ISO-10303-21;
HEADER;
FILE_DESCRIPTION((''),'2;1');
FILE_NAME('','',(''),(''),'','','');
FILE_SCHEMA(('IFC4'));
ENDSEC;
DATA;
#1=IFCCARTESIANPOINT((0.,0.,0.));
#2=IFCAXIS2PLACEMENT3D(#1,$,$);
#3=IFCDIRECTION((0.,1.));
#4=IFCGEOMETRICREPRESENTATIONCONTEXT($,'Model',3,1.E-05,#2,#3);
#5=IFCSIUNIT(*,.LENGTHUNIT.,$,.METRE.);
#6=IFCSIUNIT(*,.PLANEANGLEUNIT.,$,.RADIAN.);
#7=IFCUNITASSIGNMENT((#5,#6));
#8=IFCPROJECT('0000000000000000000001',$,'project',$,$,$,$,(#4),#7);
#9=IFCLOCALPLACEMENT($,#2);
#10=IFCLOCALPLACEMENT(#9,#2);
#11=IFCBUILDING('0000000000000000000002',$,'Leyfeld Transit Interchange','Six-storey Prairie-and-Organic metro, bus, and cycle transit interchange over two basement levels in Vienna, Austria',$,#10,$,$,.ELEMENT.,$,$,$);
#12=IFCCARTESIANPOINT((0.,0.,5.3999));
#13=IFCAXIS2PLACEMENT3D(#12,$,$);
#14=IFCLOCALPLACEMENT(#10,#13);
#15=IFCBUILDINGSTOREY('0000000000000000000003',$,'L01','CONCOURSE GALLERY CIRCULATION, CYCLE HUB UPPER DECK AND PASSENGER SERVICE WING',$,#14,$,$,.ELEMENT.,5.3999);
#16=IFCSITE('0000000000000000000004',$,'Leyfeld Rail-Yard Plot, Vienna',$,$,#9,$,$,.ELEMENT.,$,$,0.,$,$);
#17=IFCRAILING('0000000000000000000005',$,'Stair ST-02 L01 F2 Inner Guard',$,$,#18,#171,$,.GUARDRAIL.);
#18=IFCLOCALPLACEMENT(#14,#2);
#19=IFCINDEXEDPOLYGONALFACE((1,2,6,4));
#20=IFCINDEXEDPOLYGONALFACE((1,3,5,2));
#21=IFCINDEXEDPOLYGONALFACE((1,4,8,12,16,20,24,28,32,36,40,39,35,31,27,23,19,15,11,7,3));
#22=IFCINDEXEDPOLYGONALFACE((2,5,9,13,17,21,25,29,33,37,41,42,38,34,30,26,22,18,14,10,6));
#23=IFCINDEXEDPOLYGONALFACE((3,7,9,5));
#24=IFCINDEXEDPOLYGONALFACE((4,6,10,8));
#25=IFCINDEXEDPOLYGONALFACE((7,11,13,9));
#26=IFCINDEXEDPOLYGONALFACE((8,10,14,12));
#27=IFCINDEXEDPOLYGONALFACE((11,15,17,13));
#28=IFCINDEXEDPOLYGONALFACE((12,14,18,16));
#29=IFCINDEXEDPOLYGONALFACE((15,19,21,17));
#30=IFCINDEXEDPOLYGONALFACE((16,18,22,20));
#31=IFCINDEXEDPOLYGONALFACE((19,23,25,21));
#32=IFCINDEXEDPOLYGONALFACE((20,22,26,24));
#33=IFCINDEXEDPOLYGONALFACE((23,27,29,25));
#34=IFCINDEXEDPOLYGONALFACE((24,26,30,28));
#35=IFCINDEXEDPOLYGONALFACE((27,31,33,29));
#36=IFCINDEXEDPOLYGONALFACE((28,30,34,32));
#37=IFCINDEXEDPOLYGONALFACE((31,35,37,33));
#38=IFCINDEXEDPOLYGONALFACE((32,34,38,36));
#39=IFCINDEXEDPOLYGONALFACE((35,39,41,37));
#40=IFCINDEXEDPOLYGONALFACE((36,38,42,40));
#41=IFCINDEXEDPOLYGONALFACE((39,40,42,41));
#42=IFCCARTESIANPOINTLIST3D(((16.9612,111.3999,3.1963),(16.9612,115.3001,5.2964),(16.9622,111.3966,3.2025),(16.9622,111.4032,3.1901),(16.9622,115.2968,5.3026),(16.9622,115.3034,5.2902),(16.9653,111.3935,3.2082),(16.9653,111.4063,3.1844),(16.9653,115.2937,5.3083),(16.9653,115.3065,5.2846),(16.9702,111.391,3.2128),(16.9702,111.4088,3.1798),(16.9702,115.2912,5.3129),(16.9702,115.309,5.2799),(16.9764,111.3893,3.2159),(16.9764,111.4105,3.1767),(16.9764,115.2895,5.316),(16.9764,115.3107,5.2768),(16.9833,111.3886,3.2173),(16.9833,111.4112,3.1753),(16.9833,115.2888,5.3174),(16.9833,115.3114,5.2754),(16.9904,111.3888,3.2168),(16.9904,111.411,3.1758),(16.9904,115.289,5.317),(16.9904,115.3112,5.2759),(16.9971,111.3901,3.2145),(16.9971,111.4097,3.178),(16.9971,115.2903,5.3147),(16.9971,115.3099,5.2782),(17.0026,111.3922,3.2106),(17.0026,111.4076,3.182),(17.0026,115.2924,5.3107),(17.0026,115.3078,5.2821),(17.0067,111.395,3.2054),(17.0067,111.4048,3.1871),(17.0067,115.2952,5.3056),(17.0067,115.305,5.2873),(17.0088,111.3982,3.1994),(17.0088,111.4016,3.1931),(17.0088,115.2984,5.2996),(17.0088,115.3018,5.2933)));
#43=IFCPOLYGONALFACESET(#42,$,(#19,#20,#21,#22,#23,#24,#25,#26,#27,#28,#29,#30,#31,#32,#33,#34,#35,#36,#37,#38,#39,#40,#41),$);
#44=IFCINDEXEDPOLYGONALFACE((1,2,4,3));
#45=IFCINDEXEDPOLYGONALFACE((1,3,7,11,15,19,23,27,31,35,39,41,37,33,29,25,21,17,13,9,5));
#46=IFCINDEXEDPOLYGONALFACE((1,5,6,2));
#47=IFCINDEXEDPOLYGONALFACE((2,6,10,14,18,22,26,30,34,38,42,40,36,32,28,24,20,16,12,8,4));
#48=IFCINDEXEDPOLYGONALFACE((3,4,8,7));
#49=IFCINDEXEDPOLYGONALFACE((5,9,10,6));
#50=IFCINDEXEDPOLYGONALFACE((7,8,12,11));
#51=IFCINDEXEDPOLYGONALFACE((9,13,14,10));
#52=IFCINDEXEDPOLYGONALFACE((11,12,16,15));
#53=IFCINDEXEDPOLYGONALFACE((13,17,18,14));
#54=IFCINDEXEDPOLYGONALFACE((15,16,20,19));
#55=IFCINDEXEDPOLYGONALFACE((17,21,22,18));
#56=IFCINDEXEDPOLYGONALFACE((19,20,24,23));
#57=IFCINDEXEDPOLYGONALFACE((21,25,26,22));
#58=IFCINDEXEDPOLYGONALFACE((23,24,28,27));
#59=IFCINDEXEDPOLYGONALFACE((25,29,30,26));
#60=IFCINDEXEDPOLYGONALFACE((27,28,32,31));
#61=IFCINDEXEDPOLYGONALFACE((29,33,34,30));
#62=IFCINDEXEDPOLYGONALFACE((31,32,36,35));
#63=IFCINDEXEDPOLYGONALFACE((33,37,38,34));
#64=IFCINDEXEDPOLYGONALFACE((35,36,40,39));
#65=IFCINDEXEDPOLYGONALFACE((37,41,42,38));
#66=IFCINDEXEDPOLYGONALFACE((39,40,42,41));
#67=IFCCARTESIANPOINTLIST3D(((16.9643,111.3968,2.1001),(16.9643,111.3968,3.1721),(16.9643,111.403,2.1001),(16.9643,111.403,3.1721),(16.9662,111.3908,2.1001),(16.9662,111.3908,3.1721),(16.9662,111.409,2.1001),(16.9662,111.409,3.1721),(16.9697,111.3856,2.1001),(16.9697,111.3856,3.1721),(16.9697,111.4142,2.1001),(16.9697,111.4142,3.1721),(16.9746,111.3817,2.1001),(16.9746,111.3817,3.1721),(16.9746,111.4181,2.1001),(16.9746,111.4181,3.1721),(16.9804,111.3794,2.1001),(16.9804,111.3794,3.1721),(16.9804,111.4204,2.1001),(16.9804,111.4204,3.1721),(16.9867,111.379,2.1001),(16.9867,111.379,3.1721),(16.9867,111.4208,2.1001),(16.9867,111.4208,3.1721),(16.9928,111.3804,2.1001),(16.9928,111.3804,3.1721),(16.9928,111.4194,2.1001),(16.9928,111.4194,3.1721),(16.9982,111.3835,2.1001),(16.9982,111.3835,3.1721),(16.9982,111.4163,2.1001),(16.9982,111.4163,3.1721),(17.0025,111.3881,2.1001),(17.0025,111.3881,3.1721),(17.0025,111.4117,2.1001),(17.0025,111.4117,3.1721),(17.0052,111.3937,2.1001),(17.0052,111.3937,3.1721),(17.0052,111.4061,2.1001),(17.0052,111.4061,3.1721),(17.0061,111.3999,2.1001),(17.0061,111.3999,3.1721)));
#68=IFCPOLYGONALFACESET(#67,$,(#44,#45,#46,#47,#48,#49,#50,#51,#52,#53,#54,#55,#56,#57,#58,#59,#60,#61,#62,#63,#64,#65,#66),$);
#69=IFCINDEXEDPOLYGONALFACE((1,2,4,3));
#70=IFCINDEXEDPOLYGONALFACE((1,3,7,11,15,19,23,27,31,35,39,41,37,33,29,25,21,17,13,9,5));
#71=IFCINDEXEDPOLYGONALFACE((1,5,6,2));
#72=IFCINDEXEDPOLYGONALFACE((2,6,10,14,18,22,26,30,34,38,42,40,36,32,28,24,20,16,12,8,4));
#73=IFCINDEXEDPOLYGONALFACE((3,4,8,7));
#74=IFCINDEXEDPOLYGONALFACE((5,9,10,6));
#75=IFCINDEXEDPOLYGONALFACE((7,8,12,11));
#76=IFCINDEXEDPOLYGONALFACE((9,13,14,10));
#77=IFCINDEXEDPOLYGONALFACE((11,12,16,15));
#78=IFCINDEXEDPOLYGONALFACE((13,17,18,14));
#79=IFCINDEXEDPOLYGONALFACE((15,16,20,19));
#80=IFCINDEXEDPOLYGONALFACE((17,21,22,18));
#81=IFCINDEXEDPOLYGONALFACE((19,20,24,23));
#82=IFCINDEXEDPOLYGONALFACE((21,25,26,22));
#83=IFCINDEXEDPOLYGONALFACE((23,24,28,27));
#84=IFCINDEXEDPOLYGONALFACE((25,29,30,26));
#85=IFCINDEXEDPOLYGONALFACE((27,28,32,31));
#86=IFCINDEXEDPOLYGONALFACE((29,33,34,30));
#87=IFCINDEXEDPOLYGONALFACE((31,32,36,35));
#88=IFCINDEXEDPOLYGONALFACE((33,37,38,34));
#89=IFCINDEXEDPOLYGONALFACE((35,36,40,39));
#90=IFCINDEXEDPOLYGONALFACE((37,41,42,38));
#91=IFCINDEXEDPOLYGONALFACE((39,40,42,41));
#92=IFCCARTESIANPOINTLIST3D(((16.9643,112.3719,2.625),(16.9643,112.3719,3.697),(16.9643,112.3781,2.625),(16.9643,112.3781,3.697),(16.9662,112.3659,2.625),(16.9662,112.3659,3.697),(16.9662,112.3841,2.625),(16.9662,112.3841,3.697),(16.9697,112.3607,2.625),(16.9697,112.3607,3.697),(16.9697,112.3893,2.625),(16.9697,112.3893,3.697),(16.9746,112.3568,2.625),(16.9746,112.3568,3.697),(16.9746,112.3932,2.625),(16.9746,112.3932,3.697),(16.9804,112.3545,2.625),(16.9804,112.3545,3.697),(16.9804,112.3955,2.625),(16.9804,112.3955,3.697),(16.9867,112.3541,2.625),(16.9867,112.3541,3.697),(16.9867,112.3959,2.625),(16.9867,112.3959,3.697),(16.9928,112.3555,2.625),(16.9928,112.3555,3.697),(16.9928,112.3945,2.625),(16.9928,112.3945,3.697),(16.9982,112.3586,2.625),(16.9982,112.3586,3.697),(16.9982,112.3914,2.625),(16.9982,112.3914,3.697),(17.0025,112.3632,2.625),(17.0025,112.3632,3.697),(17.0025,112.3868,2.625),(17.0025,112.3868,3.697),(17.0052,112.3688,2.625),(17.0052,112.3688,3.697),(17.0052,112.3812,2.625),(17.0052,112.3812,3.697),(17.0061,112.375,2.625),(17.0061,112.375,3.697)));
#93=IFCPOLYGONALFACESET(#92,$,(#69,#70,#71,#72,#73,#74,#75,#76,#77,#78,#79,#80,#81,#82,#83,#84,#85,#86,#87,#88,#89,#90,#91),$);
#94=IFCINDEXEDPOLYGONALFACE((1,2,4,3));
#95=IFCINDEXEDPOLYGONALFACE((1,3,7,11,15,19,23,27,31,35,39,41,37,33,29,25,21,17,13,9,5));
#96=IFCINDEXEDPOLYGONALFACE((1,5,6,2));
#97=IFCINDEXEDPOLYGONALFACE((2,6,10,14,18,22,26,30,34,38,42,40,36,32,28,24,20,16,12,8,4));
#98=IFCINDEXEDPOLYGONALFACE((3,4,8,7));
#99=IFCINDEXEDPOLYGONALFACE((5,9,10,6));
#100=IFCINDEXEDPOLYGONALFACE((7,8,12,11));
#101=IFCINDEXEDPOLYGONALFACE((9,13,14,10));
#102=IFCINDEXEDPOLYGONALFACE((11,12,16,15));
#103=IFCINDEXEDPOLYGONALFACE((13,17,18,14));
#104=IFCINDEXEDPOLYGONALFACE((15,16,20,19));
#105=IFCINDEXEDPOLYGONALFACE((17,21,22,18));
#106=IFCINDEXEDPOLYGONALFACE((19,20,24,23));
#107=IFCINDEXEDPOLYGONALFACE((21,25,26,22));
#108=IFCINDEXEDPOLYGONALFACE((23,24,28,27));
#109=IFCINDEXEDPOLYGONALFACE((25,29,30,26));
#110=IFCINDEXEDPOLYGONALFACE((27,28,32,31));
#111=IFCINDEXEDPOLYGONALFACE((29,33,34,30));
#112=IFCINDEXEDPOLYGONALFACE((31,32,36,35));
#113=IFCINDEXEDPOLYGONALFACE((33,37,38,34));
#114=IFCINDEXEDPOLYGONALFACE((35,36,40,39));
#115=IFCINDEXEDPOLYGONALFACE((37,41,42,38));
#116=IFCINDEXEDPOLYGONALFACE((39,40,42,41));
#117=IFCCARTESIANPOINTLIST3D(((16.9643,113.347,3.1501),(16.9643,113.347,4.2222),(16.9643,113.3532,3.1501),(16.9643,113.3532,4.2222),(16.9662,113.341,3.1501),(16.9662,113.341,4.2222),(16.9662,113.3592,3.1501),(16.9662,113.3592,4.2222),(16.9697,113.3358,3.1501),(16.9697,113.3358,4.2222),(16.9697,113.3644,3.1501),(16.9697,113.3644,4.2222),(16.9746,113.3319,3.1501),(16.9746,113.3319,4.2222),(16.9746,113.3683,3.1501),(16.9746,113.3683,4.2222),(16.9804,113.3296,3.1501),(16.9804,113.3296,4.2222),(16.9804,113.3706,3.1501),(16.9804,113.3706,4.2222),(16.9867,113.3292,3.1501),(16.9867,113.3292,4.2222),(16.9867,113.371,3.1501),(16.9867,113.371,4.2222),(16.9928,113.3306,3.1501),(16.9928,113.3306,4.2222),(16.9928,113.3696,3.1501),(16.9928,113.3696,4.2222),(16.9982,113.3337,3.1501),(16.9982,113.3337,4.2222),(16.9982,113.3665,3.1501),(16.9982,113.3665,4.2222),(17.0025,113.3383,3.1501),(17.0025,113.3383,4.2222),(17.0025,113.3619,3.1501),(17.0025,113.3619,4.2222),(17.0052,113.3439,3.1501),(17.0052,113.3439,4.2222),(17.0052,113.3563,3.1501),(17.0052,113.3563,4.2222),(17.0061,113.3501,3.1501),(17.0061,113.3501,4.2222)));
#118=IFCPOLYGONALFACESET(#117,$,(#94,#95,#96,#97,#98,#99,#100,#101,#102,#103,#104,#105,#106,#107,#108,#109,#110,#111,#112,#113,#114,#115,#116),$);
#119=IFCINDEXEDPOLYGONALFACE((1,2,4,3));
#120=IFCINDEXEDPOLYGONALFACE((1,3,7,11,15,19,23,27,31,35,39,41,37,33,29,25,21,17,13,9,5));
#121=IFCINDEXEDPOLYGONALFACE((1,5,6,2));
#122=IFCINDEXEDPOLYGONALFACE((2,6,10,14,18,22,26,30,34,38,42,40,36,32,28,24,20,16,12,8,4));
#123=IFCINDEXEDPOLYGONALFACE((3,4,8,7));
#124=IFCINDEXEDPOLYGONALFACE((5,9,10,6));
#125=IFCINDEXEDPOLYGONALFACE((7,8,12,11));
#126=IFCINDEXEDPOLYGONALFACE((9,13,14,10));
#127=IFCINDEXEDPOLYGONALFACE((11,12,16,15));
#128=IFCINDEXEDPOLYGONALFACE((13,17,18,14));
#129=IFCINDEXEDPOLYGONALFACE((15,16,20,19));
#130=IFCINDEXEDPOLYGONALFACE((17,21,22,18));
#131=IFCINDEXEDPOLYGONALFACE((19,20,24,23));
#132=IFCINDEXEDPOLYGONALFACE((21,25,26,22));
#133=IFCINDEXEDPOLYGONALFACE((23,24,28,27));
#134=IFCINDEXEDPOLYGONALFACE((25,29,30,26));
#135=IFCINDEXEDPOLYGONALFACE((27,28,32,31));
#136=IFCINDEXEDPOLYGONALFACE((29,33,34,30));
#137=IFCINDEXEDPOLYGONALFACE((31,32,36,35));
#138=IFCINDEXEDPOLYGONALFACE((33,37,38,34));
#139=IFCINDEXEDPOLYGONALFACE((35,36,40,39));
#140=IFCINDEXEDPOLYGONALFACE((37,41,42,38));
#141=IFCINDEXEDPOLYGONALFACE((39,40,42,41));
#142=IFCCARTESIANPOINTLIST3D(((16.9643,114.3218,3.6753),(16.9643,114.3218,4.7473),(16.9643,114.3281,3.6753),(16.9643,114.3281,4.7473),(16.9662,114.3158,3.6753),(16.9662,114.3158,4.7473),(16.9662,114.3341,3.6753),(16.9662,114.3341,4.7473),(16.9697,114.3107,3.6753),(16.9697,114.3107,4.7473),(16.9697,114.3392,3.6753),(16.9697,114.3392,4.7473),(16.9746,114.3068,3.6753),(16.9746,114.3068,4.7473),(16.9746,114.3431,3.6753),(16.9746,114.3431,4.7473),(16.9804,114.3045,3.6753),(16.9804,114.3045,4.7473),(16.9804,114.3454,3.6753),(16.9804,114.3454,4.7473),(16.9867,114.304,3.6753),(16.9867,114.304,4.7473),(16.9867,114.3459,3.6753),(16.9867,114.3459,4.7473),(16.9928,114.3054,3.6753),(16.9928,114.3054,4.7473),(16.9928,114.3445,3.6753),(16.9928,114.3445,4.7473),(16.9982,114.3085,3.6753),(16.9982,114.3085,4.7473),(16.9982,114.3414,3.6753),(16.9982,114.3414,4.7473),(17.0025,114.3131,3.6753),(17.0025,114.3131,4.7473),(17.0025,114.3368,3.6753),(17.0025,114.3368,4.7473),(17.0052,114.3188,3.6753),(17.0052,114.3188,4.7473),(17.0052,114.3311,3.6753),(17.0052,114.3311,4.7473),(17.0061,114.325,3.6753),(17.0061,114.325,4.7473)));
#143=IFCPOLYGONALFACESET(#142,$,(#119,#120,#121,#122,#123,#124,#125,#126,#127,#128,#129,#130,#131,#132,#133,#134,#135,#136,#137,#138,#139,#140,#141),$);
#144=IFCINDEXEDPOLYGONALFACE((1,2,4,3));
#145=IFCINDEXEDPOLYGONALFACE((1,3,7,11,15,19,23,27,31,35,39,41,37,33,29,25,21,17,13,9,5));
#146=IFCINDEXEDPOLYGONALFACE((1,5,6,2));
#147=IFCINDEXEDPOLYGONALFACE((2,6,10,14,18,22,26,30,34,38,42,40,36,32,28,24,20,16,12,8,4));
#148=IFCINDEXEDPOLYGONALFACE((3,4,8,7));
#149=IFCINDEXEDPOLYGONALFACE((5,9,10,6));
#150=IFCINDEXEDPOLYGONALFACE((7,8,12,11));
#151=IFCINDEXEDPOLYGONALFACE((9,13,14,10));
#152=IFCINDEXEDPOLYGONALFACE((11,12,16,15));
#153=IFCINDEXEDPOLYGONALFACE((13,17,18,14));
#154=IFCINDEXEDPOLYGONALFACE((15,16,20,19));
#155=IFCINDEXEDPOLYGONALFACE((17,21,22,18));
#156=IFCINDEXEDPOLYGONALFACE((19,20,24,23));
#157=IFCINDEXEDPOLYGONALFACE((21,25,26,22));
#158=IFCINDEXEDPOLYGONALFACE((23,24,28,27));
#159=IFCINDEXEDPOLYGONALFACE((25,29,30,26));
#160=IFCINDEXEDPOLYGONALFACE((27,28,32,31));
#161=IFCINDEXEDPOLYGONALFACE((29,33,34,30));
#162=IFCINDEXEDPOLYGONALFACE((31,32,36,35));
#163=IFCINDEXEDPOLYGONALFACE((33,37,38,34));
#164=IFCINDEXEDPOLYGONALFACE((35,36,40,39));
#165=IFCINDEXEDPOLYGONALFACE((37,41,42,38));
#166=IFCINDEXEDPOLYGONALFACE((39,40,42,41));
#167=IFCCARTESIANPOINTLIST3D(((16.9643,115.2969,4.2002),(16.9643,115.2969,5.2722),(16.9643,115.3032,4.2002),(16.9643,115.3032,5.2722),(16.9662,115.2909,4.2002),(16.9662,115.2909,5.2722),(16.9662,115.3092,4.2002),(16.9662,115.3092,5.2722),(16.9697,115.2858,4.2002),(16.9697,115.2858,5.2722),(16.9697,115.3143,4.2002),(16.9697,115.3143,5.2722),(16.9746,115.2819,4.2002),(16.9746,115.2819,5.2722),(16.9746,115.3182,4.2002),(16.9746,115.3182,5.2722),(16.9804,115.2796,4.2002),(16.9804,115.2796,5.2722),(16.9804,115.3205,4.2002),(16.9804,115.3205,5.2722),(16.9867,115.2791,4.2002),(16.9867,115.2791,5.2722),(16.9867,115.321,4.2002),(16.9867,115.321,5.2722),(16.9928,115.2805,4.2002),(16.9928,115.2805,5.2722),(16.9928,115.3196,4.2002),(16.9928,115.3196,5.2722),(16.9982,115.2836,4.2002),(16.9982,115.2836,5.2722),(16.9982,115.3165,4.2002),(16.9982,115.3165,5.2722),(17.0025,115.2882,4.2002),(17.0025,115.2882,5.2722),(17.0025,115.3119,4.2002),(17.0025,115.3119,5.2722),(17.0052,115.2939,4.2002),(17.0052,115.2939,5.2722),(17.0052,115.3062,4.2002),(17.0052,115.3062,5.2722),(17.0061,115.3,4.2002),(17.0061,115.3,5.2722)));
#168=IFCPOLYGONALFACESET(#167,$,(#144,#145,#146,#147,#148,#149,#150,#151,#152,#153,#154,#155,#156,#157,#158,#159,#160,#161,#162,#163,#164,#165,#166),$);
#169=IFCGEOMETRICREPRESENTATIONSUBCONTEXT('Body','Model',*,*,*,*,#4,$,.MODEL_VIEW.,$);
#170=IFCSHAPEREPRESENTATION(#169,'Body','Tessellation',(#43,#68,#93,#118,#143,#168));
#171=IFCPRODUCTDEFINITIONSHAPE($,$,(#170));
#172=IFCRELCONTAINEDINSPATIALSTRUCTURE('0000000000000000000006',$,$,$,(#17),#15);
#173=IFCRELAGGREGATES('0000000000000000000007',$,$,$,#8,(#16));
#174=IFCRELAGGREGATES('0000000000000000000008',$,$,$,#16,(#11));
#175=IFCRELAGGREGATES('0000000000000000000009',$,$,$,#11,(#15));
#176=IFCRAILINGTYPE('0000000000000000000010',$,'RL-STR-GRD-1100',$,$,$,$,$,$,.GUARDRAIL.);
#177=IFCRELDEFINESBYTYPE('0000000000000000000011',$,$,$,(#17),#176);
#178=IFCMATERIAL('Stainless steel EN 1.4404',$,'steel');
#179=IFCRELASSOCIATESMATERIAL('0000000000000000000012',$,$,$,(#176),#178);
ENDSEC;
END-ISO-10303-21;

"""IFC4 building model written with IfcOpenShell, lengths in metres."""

from ifc_helpers import new_model, si_unit, direction, frame, origin, origin_2d, place, context, subcontext, project, spatial, circle, extrude, material, type_object, element, save


model = new_model("IFC4")

# Units and contexts
model_context = context("Model", 3, precision=1e-05, world=origin(), true_north=direction((0.0, 1.0)))
body_context = subcontext(model_context, "Body", "Model", "MODEL_VIEW")
ifc_project = project(units=[si_unit("LENGTHUNIT", "METRE"), si_unit("PLANEANGLEUNIT", "RADIAN")], contexts=[model_context])

# Site, building, storey
site_placement = place(None, origin())
site = spatial("IfcSite", under=ifc_project, at=site_placement, Name="Leyfeld Rail-Yard Plot, Vienna", CompositionType="ELEMENT", RefElevation=0.0)
building_placement = place(site_placement, origin())
building = spatial("IfcBuilding", under=site, at=building_placement, Name="Leyfeld Transit Interchange", Description="Six-storey Prairie-and-Organic metro, bus, and cycle transit interchange over two basement levels in Vienna, Austria", CompositionType="ELEMENT")
storey_placement = place(building_placement, frame((0.0, 0.0, 5.3999)))
storey = spatial("IfcBuildingStorey", under=building, at=storey_placement, Name="L01", Description="CONCOURSE GALLERY CIRCULATION, CYCLE HUB UPPER DECK AND PASSENGER SERVICE WING", CompositionType="ELEMENT", Elevation=5.3999)

# Shared definitions
ifc_material_1 = material(Name="Stainless steel EN 1.4404", Category="steel")

# Railing
railing_type_1 = type_object("IfcRailingType", Name="RL-STR-GRD-1100", PredefinedType="GUARDRAIL", material=ifc_material_1)
for number, where, name in (
    (1, (16.9851, 111.3999, 2.1001), "Stair ST-02 L01 F2 Inner Guard"),
):
    element("IfcRailing", number, at=place(storey_placement, frame(where)), inside=storey, type_object=railing_type_1, Name=name, PredefinedType="GUARDRAIL", context=body_context, shape_type="SweptSolid", body=[
        extrude(circle(Radius=0.0239, at=origin_2d()), frame((0.0, 0.0, 1.0962), z_axis=(0.0, 0.880469, 0.474103), x_axis=(-1.0, 0.0, 0.0)), (0.0, 0.0, 1.0), 4.4297),
        extrude(circle(Radius=0.021, at=origin_2d()), origin(), (0.0, 0.0, 1.0), 1.072),
        extrude(circle(Radius=0.021, at=origin_2d()), frame((0.0, 0.9751, 0.5249)), (0.0, 0.0, 1.0), 1.072),
        extrude(circle(Radius=0.021, at=origin_2d()), frame((0.0, 1.9502, 1.05)), (0.0, 0.0, 1.0), 1.072),
        extrude(circle(Radius=0.021, at=origin_2d()), frame((0.0, 2.925, 1.5752)), (0.0, 0.0, 1.0), 1.072),
        extrude(circle(Radius=0.021, at=origin_2d()), frame((0.0, 3.9001, 2.1001)), (0.0, 0.0, 1.0), 1.072),
    ])

save(model, "model.ifc")
